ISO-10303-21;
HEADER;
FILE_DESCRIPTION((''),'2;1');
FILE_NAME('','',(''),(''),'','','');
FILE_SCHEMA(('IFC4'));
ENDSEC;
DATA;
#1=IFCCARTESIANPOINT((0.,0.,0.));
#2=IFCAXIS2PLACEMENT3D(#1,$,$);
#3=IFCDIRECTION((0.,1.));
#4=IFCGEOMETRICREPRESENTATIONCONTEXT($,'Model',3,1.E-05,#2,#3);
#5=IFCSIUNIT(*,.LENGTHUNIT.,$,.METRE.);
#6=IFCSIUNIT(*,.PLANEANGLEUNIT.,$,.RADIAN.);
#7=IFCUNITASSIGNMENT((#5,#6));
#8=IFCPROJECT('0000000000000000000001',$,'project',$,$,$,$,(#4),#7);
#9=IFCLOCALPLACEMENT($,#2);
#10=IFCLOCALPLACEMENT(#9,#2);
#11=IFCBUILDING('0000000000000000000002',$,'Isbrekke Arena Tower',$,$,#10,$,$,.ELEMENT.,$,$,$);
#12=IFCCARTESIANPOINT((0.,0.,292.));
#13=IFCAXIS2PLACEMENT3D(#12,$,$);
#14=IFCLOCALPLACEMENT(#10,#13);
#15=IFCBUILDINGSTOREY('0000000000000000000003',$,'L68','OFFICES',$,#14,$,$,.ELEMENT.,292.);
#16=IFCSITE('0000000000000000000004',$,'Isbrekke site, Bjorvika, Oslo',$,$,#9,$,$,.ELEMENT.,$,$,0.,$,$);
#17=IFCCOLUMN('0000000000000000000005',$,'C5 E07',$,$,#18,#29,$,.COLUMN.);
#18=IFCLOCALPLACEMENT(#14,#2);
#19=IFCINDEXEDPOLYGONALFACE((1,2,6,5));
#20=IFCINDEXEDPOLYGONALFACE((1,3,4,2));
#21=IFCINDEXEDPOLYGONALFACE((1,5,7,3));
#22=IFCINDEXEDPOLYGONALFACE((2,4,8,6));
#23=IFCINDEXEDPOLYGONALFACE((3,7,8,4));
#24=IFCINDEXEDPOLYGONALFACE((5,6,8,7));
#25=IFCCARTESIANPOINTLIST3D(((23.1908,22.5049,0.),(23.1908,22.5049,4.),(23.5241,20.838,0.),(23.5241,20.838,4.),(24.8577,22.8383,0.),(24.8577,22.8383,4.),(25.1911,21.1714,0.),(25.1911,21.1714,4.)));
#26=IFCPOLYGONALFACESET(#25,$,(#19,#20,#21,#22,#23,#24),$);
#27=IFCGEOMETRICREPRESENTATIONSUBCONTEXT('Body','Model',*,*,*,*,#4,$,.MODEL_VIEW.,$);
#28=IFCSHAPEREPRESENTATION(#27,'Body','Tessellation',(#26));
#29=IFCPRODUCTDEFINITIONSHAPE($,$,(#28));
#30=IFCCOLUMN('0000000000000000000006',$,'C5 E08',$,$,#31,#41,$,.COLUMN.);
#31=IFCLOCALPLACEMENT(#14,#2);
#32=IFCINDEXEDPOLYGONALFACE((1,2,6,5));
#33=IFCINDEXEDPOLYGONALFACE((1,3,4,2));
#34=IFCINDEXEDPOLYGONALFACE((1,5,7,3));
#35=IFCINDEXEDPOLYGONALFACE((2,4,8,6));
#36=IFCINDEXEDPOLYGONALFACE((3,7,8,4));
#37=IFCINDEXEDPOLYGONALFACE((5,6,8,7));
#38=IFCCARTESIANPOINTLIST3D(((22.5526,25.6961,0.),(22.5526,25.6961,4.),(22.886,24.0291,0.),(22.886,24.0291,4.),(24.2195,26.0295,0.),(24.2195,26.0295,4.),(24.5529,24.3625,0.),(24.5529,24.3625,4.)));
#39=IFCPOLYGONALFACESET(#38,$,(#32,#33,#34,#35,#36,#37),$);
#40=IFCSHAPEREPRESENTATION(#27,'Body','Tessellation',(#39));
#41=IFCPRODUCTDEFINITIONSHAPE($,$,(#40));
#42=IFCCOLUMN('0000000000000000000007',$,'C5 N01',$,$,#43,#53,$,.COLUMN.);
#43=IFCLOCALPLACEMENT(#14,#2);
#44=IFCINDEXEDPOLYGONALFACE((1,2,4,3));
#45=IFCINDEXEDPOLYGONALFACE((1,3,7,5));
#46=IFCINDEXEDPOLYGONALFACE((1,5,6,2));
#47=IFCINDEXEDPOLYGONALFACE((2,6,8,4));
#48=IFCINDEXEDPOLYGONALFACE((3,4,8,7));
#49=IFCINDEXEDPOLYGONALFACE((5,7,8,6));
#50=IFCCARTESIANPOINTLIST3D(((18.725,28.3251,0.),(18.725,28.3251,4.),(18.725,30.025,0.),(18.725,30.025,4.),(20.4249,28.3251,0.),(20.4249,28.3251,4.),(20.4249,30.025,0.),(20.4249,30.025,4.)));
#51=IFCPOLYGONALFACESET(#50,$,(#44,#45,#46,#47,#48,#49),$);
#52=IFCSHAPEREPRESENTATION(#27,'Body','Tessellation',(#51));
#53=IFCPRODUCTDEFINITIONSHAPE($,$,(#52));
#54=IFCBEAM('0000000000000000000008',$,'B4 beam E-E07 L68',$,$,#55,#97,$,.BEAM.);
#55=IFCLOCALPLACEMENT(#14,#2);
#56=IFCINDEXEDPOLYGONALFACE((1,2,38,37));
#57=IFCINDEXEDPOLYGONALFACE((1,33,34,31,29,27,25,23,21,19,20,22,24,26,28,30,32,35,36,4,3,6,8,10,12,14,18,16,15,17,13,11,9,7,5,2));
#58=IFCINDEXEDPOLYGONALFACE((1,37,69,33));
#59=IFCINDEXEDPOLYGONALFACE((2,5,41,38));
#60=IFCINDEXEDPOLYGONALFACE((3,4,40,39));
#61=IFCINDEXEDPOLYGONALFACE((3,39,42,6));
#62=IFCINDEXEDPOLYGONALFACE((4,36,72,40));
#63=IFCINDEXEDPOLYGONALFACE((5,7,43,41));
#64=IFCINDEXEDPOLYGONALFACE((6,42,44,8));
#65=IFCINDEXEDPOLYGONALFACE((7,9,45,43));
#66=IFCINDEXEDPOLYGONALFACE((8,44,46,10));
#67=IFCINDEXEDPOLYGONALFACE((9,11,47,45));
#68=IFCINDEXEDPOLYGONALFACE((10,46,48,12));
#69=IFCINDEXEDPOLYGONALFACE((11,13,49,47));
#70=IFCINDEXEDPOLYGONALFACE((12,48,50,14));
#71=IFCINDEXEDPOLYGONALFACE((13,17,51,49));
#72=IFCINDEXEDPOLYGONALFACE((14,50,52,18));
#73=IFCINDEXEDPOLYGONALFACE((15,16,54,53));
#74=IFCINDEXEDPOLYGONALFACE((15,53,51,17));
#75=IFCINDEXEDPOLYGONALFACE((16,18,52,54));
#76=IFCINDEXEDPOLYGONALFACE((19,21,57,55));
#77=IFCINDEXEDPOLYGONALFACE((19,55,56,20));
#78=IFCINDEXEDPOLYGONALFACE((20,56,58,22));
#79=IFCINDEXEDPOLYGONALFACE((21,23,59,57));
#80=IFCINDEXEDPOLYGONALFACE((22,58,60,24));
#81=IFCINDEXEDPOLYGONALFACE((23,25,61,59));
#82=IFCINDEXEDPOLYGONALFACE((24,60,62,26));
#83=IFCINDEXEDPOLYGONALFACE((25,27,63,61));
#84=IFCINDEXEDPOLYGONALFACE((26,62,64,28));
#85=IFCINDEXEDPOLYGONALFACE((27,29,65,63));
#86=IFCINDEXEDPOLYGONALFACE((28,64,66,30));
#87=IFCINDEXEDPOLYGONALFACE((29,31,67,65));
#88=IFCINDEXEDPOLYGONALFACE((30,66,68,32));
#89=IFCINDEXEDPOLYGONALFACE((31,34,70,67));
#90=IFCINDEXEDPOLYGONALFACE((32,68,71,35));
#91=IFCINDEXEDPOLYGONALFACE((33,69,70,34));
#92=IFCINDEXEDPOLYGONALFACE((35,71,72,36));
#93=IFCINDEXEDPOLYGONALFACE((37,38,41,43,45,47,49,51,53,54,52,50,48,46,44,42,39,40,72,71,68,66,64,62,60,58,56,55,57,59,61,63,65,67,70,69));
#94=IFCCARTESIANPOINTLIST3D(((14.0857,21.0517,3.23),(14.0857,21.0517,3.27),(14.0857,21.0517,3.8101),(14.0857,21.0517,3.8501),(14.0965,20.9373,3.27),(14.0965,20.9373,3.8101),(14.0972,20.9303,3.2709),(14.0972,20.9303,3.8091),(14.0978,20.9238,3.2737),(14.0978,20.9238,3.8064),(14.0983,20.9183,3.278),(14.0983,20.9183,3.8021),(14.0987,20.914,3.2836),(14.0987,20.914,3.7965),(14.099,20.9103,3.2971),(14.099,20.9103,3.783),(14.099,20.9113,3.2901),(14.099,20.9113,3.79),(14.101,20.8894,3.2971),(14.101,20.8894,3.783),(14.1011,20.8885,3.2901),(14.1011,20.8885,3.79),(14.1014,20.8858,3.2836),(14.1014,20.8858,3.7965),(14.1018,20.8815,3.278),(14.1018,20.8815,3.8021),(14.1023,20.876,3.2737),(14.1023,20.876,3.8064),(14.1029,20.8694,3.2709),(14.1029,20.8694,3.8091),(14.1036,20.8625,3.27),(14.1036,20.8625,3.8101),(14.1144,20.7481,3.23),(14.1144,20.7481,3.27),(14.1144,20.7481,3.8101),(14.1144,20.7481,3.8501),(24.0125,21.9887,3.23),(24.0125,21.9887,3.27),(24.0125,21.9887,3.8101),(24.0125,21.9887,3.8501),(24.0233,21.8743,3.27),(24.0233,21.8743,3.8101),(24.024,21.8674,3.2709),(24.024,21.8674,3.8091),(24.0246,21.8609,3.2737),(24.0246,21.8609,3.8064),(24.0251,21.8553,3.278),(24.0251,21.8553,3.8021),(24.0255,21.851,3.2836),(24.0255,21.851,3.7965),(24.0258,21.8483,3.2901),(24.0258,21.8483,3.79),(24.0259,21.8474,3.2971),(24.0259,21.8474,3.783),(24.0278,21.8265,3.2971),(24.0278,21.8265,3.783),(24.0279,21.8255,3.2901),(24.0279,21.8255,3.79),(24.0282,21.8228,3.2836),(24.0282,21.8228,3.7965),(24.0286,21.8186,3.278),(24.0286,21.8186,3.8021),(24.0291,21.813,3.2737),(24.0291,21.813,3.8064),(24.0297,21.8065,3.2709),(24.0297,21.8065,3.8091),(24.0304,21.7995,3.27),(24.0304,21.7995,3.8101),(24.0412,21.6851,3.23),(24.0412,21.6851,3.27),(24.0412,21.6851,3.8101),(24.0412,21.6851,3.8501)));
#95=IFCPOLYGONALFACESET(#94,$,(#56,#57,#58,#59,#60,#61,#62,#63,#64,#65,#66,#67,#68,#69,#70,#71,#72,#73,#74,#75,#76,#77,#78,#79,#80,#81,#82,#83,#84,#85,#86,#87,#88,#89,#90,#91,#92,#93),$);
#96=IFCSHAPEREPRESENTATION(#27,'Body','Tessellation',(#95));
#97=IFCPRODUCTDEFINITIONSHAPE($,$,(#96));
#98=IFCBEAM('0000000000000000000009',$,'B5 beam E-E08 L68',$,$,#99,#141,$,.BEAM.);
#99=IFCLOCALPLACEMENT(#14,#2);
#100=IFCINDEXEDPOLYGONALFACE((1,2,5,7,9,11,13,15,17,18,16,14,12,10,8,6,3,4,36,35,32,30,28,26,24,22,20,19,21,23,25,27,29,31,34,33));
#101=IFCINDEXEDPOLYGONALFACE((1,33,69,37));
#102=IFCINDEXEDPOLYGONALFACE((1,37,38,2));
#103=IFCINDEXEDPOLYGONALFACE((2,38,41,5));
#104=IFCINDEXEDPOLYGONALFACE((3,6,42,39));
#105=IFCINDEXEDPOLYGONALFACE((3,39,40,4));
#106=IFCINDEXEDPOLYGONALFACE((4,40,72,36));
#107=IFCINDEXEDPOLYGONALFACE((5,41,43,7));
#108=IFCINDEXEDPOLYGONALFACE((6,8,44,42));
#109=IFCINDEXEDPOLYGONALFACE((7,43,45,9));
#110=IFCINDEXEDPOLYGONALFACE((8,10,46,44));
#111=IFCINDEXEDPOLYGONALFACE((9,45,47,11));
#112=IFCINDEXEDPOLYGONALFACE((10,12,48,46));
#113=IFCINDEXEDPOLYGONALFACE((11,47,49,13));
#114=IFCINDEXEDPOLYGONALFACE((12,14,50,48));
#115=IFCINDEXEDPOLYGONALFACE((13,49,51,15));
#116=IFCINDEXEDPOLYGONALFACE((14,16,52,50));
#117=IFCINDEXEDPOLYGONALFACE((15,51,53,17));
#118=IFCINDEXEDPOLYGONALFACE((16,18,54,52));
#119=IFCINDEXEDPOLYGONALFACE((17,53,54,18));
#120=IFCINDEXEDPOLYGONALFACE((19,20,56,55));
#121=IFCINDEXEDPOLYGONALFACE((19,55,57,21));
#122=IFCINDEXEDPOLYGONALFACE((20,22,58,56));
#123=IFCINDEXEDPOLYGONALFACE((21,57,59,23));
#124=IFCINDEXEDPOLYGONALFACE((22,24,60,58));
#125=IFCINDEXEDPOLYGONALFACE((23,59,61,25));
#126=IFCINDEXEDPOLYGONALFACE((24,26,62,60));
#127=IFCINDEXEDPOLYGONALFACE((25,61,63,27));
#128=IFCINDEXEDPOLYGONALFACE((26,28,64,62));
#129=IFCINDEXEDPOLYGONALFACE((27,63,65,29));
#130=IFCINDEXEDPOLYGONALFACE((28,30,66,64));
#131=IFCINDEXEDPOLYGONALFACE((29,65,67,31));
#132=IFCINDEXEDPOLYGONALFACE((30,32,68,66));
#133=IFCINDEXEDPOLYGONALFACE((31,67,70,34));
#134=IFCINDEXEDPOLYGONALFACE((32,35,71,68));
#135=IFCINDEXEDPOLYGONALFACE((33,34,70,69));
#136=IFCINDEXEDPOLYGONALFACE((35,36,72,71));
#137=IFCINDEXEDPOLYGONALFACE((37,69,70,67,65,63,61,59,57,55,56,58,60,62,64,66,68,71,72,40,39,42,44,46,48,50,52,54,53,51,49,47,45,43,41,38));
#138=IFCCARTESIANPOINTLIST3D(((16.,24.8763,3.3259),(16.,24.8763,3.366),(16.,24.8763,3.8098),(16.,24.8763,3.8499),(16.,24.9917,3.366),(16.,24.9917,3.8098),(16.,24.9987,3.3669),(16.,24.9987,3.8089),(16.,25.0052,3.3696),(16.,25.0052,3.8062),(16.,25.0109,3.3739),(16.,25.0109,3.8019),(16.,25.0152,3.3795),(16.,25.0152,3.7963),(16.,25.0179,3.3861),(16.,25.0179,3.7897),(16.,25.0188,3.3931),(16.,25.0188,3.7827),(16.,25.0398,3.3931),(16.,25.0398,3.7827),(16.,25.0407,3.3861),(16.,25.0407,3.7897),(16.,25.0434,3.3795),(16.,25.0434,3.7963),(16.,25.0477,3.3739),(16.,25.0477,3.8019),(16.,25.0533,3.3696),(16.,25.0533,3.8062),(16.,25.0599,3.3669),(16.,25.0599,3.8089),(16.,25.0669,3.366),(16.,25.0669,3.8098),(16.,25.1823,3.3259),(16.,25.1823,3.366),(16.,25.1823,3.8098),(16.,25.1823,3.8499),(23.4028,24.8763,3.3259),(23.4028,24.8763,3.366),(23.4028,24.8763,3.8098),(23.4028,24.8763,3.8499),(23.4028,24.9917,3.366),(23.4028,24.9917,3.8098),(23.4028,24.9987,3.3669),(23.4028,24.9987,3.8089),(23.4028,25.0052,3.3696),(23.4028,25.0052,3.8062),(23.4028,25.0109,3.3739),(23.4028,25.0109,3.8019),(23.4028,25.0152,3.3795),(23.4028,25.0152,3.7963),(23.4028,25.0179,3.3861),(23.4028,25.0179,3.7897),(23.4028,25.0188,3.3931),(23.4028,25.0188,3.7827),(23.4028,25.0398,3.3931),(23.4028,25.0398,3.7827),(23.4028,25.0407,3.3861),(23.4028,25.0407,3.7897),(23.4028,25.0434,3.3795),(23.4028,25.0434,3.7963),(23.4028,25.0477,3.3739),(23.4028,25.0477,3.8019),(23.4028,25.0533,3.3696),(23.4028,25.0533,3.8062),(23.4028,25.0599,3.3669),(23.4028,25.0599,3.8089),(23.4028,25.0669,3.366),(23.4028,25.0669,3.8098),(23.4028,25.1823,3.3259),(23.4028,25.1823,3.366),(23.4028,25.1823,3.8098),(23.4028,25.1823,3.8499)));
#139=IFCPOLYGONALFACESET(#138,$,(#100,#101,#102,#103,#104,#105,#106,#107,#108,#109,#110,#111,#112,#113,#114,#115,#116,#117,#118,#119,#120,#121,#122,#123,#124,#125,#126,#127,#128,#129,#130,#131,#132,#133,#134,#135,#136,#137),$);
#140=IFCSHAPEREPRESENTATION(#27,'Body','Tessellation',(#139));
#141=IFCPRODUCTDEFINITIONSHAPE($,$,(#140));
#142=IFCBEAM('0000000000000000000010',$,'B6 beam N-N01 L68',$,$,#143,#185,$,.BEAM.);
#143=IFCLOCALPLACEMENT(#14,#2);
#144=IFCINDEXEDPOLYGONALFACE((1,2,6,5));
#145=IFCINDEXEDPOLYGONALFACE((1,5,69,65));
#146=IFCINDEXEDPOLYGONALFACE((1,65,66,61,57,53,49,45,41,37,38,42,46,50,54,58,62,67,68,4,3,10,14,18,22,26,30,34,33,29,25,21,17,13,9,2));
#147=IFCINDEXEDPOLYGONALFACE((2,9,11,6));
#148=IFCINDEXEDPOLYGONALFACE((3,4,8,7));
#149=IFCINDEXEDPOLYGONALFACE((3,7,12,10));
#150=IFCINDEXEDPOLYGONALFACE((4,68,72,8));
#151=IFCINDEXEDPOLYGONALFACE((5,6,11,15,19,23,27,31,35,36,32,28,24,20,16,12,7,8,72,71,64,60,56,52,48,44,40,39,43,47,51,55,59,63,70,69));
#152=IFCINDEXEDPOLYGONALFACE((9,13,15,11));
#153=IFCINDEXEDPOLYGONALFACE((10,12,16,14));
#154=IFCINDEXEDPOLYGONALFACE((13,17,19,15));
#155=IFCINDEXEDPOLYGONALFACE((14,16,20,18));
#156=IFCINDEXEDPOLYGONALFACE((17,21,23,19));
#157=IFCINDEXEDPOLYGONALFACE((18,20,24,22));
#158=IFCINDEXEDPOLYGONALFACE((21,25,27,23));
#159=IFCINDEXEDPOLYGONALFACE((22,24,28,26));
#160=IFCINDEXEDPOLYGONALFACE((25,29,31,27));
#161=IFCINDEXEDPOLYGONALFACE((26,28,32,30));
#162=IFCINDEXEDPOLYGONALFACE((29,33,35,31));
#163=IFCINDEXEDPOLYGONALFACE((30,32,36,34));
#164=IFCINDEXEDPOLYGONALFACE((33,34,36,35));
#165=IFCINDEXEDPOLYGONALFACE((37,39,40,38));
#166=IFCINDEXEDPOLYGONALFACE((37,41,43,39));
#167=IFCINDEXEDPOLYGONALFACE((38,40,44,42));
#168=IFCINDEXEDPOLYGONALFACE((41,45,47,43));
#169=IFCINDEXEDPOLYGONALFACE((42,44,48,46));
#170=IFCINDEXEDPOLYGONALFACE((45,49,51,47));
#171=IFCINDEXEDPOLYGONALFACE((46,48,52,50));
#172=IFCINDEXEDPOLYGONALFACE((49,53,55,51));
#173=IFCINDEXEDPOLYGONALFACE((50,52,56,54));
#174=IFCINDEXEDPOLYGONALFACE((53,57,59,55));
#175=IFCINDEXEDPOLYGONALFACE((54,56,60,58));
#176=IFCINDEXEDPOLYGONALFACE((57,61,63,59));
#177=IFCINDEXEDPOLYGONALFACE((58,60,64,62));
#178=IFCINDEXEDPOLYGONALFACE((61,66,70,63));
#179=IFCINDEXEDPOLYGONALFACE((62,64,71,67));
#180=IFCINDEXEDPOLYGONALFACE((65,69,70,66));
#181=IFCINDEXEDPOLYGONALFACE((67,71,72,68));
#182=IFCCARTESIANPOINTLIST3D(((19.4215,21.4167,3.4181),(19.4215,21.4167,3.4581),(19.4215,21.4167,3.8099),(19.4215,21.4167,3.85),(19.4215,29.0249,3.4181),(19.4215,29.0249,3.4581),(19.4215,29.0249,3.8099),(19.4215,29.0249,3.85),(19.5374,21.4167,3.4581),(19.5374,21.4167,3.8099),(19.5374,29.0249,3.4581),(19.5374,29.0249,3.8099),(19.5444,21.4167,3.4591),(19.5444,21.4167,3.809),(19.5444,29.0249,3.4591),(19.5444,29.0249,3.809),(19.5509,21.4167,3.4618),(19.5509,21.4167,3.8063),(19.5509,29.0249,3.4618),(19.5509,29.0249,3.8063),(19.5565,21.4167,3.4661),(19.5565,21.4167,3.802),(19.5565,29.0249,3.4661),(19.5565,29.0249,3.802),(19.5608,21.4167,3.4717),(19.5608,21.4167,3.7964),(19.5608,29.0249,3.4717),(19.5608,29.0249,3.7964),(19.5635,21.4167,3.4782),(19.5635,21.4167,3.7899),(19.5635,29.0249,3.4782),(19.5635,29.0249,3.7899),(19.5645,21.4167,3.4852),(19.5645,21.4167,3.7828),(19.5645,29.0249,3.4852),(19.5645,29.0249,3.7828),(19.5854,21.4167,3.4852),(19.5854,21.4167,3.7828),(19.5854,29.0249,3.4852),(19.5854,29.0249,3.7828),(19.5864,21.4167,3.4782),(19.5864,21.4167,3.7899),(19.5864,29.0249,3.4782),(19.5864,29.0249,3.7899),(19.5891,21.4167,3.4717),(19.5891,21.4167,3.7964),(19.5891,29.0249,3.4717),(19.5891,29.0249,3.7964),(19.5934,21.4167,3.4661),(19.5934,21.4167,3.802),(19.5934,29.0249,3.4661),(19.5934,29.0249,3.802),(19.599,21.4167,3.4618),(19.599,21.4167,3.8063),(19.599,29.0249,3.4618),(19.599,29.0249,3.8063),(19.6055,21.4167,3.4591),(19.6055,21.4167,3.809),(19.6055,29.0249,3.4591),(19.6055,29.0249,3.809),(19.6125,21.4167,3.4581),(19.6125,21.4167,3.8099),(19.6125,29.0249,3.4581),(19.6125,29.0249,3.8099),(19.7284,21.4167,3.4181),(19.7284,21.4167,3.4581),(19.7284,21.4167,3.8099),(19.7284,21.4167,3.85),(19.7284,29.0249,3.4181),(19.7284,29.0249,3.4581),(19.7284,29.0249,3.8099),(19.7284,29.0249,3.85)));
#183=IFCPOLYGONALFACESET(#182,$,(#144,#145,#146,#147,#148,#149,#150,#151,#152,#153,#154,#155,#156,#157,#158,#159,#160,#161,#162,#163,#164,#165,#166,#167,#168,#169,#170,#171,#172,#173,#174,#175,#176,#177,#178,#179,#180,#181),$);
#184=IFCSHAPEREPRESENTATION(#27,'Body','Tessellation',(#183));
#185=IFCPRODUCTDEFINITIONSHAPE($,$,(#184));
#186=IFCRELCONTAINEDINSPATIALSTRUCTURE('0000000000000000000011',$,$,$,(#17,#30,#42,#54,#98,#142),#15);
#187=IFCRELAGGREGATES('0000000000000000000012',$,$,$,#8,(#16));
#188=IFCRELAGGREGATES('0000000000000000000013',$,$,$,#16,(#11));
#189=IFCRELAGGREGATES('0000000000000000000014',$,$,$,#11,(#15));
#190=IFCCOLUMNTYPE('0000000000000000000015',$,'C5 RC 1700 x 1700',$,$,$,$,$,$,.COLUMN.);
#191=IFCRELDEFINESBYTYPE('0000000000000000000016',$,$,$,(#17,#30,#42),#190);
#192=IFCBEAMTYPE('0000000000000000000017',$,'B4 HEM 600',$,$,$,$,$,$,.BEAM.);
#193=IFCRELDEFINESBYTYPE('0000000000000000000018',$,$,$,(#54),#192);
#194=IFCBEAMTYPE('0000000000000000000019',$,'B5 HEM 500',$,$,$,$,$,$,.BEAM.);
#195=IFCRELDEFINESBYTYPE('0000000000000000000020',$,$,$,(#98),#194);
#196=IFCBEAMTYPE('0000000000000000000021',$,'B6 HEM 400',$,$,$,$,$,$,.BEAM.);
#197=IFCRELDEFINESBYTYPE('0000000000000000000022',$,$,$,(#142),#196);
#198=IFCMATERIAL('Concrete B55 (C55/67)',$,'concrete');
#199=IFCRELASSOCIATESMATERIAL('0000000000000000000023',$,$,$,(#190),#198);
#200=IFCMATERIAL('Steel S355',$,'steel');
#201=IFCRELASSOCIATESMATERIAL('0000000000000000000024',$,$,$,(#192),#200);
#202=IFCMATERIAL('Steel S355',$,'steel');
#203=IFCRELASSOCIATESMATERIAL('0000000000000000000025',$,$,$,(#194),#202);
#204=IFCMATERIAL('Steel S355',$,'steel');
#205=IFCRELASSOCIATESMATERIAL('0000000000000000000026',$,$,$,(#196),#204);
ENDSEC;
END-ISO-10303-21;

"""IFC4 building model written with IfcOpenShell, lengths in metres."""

from ifc_helpers import new_model, si_unit, direction, frame, origin, origin_2d, place, context, subcontext, project, spatial, rectangle, i_section, extrude, material, material_profile, profile_set, type_object, element, save


model = new_model("IFC4")

# Units and contexts
model_context = context("Model", 3, precision=1e-05, world=origin(), true_north=direction((0.0, 1.0)))
body_context = subcontext(model_context, "Body", "Model", "MODEL_VIEW")
ifc_project = project(units=[si_unit("LENGTHUNIT", "METRE"), si_unit("PLANEANGLEUNIT", "RADIAN")], contexts=[model_context])

# Site, building, storey
site_placement = place(None, origin())
site = spatial("IfcSite", under=ifc_project, at=site_placement, Name="Isbrekke site, Bjorvika, Oslo", CompositionType="ELEMENT", RefElevation=0.0)
building_placement = place(site_placement, origin())
building = spatial("IfcBuilding", under=site, at=building_placement, Name="Isbrekke Arena Tower", CompositionType="ELEMENT")
storey_placement = place(building_placement, frame((0.0, 0.0, 292.0)))
storey = spatial("IfcBuildingStorey", under=building, at=storey_placement, Name="L68", Description="OFFICES", CompositionType="ELEMENT", Elevation=292.0)

# Columns
ifc_material_1 = material(Name="Concrete B55 (C55/67)", Category="concrete")
ifc_material_profile_1 = material_profile(ifc_material_1, rectangle(XDim=1.7, YDim=1.7, at=origin_2d()), Name="RC 1700x1700")
ifc_profile_set_1 = profile_set([ifc_material_profile_1], Name="Concrete B55 (C55/67)")
column_type = type_object("IfcColumnType", Name="C5 RC 1700 x 1700", PredefinedType="COLUMN", material=ifc_profile_set_1)
for number, where, z_axis, x_axis, name in (
    (1, (24.1909, 21.8381, 0.0), (0.0, 0.0, 1.0), (-0.196116, 0.980581, 0.0), "C5 E07"),
    (2, (23.5527, 25.0293, 0.0), (0.0, 0.0, 1.0), (-0.196116, 0.980581, 0.0), "C5 E08"),
    (3, (19.575, 29.175, 0.0), (0.0, 0.0, 1.0), (-1.0, 0.0, 0.0), "C5 N01"),
):
    element("IfcColumn", number, at=place(storey_placement, frame(where, z_axis=z_axis, x_axis=x_axis)), inside=storey, type_object=column_type, Name=name, PredefinedType="COLUMN", context=body_context, shape_type="SweptSolid", body=[
        extrude(rectangle(XDim=1.7, YDim=1.7, at=origin_2d()), origin(), (0.0, 0.0, 1.0), 4.0),
    ])

# Beams
ifc_material_2 = material(Name="Steel S355", Category="steel")
ifc_material_profile_2 = material_profile(ifc_material_2, i_section(OverallWidth=0.3049, OverallDepth=0.6201, WebThickness=0.021, FlangeThickness=0.04, FilletRadius=0.0271, at=origin_2d()), Name="HEM 600")
ifc_profile_set_2 = profile_set([ifc_material_profile_2], Name="Steel S355")
beam_type_1 = type_object("IfcBeamType", Name="B4 HEM 600", PredefinedType="BEAM", material=ifc_profile_set_2)
beam_1_placement = place(storey_placement, frame((24.0269, 21.8369, 3.54), z_axis=(-0.995575, -0.093975, 0.0), x_axis=(0.093975, -0.995575, 0.0)))
element("IfcBeam", 4, at=beam_1_placement, inside=storey, type_object=beam_type_1, Name="B4 beam E-E07 L68", PredefinedType="BEAM", context=body_context, shape_type="SweptSolid", body=[
    extrude(i_section(OverallWidth=0.3049, OverallDepth=0.6201, WebThickness=0.021, FlangeThickness=0.04, FilletRadius=0.0271, at=origin_2d()), origin(), (0.0, 0.0, 1.0), 9.9709),
])
ifc_material_3 = material(Name="Steel S355", Category="steel")
ifc_material_profile_3 = material_profile(ifc_material_3, i_section(OverallWidth=0.3059, OverallDepth=0.5239, WebThickness=0.021, FlangeThickness=0.04, FilletRadius=0.0271, at=origin_2d()), Name="HEM 500")
ifc_profile_set_3 = profile_set([ifc_material_profile_3], Name="Steel S355")
beam_type_2 = type_object("IfcBeamType", Name="B5 HEM 500", PredefinedType="BEAM", material=ifc_profile_set_3)
beam_2_placement = place(storey_placement, frame((23.4028, 25.0293, 3.5879), z_axis=(-1.0, 0.0, 0.0), x_axis=(0.0, -1.0, 0.0)))
element("IfcBeam", 5, at=beam_2_placement, inside=storey, type_object=beam_type_2, Name="B5 beam E-E08 L68", PredefinedType="BEAM", context=body_context, shape_type="SweptSolid", body=[
    extrude(i_section(OverallWidth=0.3059, OverallDepth=0.5239, WebThickness=0.021, FlangeThickness=0.04, FilletRadius=0.0271, at=origin_2d()), origin(), (0.0, 0.0, 1.0), 7.4028),
])
ifc_material_4 = material(Name="Steel S355", Category="steel")
ifc_material_profile_4 = material_profile(ifc_material_4, i_section(OverallWidth=0.3069, OverallDepth=0.4319, WebThickness=0.021, FlangeThickness=0.04, FilletRadius=0.0271, at=origin_2d()), Name="HEM 400")
ifc_profile_set_4 = profile_set([ifc_material_profile_4], Name="Steel S355")
beam_type_3 = type_object("IfcBeamType", Name="B6 HEM 400", PredefinedType="BEAM", material=ifc_profile_set_4)
beam_3_placement = place(storey_placement, frame((19.575, 29.0249, 3.634), z_axis=(0.0, -1.0, 0.0), x_axis=(1.0, 0.0, 0.0)))
element("IfcBeam", 6, at=beam_3_placement, inside=storey, type_object=beam_type_3, Name="B6 beam N-N01 L68", PredefinedType="BEAM", context=body_context, shape_type="SweptSolid", body=[
    extrude(i_section(OverallWidth=0.3069, OverallDepth=0.4319, WebThickness=0.021, FlangeThickness=0.04, FilletRadius=0.0271, at=origin_2d()), origin(), (0.0, 0.0, 1.0), 7.6082),
])

save(model, "model.ifc")
